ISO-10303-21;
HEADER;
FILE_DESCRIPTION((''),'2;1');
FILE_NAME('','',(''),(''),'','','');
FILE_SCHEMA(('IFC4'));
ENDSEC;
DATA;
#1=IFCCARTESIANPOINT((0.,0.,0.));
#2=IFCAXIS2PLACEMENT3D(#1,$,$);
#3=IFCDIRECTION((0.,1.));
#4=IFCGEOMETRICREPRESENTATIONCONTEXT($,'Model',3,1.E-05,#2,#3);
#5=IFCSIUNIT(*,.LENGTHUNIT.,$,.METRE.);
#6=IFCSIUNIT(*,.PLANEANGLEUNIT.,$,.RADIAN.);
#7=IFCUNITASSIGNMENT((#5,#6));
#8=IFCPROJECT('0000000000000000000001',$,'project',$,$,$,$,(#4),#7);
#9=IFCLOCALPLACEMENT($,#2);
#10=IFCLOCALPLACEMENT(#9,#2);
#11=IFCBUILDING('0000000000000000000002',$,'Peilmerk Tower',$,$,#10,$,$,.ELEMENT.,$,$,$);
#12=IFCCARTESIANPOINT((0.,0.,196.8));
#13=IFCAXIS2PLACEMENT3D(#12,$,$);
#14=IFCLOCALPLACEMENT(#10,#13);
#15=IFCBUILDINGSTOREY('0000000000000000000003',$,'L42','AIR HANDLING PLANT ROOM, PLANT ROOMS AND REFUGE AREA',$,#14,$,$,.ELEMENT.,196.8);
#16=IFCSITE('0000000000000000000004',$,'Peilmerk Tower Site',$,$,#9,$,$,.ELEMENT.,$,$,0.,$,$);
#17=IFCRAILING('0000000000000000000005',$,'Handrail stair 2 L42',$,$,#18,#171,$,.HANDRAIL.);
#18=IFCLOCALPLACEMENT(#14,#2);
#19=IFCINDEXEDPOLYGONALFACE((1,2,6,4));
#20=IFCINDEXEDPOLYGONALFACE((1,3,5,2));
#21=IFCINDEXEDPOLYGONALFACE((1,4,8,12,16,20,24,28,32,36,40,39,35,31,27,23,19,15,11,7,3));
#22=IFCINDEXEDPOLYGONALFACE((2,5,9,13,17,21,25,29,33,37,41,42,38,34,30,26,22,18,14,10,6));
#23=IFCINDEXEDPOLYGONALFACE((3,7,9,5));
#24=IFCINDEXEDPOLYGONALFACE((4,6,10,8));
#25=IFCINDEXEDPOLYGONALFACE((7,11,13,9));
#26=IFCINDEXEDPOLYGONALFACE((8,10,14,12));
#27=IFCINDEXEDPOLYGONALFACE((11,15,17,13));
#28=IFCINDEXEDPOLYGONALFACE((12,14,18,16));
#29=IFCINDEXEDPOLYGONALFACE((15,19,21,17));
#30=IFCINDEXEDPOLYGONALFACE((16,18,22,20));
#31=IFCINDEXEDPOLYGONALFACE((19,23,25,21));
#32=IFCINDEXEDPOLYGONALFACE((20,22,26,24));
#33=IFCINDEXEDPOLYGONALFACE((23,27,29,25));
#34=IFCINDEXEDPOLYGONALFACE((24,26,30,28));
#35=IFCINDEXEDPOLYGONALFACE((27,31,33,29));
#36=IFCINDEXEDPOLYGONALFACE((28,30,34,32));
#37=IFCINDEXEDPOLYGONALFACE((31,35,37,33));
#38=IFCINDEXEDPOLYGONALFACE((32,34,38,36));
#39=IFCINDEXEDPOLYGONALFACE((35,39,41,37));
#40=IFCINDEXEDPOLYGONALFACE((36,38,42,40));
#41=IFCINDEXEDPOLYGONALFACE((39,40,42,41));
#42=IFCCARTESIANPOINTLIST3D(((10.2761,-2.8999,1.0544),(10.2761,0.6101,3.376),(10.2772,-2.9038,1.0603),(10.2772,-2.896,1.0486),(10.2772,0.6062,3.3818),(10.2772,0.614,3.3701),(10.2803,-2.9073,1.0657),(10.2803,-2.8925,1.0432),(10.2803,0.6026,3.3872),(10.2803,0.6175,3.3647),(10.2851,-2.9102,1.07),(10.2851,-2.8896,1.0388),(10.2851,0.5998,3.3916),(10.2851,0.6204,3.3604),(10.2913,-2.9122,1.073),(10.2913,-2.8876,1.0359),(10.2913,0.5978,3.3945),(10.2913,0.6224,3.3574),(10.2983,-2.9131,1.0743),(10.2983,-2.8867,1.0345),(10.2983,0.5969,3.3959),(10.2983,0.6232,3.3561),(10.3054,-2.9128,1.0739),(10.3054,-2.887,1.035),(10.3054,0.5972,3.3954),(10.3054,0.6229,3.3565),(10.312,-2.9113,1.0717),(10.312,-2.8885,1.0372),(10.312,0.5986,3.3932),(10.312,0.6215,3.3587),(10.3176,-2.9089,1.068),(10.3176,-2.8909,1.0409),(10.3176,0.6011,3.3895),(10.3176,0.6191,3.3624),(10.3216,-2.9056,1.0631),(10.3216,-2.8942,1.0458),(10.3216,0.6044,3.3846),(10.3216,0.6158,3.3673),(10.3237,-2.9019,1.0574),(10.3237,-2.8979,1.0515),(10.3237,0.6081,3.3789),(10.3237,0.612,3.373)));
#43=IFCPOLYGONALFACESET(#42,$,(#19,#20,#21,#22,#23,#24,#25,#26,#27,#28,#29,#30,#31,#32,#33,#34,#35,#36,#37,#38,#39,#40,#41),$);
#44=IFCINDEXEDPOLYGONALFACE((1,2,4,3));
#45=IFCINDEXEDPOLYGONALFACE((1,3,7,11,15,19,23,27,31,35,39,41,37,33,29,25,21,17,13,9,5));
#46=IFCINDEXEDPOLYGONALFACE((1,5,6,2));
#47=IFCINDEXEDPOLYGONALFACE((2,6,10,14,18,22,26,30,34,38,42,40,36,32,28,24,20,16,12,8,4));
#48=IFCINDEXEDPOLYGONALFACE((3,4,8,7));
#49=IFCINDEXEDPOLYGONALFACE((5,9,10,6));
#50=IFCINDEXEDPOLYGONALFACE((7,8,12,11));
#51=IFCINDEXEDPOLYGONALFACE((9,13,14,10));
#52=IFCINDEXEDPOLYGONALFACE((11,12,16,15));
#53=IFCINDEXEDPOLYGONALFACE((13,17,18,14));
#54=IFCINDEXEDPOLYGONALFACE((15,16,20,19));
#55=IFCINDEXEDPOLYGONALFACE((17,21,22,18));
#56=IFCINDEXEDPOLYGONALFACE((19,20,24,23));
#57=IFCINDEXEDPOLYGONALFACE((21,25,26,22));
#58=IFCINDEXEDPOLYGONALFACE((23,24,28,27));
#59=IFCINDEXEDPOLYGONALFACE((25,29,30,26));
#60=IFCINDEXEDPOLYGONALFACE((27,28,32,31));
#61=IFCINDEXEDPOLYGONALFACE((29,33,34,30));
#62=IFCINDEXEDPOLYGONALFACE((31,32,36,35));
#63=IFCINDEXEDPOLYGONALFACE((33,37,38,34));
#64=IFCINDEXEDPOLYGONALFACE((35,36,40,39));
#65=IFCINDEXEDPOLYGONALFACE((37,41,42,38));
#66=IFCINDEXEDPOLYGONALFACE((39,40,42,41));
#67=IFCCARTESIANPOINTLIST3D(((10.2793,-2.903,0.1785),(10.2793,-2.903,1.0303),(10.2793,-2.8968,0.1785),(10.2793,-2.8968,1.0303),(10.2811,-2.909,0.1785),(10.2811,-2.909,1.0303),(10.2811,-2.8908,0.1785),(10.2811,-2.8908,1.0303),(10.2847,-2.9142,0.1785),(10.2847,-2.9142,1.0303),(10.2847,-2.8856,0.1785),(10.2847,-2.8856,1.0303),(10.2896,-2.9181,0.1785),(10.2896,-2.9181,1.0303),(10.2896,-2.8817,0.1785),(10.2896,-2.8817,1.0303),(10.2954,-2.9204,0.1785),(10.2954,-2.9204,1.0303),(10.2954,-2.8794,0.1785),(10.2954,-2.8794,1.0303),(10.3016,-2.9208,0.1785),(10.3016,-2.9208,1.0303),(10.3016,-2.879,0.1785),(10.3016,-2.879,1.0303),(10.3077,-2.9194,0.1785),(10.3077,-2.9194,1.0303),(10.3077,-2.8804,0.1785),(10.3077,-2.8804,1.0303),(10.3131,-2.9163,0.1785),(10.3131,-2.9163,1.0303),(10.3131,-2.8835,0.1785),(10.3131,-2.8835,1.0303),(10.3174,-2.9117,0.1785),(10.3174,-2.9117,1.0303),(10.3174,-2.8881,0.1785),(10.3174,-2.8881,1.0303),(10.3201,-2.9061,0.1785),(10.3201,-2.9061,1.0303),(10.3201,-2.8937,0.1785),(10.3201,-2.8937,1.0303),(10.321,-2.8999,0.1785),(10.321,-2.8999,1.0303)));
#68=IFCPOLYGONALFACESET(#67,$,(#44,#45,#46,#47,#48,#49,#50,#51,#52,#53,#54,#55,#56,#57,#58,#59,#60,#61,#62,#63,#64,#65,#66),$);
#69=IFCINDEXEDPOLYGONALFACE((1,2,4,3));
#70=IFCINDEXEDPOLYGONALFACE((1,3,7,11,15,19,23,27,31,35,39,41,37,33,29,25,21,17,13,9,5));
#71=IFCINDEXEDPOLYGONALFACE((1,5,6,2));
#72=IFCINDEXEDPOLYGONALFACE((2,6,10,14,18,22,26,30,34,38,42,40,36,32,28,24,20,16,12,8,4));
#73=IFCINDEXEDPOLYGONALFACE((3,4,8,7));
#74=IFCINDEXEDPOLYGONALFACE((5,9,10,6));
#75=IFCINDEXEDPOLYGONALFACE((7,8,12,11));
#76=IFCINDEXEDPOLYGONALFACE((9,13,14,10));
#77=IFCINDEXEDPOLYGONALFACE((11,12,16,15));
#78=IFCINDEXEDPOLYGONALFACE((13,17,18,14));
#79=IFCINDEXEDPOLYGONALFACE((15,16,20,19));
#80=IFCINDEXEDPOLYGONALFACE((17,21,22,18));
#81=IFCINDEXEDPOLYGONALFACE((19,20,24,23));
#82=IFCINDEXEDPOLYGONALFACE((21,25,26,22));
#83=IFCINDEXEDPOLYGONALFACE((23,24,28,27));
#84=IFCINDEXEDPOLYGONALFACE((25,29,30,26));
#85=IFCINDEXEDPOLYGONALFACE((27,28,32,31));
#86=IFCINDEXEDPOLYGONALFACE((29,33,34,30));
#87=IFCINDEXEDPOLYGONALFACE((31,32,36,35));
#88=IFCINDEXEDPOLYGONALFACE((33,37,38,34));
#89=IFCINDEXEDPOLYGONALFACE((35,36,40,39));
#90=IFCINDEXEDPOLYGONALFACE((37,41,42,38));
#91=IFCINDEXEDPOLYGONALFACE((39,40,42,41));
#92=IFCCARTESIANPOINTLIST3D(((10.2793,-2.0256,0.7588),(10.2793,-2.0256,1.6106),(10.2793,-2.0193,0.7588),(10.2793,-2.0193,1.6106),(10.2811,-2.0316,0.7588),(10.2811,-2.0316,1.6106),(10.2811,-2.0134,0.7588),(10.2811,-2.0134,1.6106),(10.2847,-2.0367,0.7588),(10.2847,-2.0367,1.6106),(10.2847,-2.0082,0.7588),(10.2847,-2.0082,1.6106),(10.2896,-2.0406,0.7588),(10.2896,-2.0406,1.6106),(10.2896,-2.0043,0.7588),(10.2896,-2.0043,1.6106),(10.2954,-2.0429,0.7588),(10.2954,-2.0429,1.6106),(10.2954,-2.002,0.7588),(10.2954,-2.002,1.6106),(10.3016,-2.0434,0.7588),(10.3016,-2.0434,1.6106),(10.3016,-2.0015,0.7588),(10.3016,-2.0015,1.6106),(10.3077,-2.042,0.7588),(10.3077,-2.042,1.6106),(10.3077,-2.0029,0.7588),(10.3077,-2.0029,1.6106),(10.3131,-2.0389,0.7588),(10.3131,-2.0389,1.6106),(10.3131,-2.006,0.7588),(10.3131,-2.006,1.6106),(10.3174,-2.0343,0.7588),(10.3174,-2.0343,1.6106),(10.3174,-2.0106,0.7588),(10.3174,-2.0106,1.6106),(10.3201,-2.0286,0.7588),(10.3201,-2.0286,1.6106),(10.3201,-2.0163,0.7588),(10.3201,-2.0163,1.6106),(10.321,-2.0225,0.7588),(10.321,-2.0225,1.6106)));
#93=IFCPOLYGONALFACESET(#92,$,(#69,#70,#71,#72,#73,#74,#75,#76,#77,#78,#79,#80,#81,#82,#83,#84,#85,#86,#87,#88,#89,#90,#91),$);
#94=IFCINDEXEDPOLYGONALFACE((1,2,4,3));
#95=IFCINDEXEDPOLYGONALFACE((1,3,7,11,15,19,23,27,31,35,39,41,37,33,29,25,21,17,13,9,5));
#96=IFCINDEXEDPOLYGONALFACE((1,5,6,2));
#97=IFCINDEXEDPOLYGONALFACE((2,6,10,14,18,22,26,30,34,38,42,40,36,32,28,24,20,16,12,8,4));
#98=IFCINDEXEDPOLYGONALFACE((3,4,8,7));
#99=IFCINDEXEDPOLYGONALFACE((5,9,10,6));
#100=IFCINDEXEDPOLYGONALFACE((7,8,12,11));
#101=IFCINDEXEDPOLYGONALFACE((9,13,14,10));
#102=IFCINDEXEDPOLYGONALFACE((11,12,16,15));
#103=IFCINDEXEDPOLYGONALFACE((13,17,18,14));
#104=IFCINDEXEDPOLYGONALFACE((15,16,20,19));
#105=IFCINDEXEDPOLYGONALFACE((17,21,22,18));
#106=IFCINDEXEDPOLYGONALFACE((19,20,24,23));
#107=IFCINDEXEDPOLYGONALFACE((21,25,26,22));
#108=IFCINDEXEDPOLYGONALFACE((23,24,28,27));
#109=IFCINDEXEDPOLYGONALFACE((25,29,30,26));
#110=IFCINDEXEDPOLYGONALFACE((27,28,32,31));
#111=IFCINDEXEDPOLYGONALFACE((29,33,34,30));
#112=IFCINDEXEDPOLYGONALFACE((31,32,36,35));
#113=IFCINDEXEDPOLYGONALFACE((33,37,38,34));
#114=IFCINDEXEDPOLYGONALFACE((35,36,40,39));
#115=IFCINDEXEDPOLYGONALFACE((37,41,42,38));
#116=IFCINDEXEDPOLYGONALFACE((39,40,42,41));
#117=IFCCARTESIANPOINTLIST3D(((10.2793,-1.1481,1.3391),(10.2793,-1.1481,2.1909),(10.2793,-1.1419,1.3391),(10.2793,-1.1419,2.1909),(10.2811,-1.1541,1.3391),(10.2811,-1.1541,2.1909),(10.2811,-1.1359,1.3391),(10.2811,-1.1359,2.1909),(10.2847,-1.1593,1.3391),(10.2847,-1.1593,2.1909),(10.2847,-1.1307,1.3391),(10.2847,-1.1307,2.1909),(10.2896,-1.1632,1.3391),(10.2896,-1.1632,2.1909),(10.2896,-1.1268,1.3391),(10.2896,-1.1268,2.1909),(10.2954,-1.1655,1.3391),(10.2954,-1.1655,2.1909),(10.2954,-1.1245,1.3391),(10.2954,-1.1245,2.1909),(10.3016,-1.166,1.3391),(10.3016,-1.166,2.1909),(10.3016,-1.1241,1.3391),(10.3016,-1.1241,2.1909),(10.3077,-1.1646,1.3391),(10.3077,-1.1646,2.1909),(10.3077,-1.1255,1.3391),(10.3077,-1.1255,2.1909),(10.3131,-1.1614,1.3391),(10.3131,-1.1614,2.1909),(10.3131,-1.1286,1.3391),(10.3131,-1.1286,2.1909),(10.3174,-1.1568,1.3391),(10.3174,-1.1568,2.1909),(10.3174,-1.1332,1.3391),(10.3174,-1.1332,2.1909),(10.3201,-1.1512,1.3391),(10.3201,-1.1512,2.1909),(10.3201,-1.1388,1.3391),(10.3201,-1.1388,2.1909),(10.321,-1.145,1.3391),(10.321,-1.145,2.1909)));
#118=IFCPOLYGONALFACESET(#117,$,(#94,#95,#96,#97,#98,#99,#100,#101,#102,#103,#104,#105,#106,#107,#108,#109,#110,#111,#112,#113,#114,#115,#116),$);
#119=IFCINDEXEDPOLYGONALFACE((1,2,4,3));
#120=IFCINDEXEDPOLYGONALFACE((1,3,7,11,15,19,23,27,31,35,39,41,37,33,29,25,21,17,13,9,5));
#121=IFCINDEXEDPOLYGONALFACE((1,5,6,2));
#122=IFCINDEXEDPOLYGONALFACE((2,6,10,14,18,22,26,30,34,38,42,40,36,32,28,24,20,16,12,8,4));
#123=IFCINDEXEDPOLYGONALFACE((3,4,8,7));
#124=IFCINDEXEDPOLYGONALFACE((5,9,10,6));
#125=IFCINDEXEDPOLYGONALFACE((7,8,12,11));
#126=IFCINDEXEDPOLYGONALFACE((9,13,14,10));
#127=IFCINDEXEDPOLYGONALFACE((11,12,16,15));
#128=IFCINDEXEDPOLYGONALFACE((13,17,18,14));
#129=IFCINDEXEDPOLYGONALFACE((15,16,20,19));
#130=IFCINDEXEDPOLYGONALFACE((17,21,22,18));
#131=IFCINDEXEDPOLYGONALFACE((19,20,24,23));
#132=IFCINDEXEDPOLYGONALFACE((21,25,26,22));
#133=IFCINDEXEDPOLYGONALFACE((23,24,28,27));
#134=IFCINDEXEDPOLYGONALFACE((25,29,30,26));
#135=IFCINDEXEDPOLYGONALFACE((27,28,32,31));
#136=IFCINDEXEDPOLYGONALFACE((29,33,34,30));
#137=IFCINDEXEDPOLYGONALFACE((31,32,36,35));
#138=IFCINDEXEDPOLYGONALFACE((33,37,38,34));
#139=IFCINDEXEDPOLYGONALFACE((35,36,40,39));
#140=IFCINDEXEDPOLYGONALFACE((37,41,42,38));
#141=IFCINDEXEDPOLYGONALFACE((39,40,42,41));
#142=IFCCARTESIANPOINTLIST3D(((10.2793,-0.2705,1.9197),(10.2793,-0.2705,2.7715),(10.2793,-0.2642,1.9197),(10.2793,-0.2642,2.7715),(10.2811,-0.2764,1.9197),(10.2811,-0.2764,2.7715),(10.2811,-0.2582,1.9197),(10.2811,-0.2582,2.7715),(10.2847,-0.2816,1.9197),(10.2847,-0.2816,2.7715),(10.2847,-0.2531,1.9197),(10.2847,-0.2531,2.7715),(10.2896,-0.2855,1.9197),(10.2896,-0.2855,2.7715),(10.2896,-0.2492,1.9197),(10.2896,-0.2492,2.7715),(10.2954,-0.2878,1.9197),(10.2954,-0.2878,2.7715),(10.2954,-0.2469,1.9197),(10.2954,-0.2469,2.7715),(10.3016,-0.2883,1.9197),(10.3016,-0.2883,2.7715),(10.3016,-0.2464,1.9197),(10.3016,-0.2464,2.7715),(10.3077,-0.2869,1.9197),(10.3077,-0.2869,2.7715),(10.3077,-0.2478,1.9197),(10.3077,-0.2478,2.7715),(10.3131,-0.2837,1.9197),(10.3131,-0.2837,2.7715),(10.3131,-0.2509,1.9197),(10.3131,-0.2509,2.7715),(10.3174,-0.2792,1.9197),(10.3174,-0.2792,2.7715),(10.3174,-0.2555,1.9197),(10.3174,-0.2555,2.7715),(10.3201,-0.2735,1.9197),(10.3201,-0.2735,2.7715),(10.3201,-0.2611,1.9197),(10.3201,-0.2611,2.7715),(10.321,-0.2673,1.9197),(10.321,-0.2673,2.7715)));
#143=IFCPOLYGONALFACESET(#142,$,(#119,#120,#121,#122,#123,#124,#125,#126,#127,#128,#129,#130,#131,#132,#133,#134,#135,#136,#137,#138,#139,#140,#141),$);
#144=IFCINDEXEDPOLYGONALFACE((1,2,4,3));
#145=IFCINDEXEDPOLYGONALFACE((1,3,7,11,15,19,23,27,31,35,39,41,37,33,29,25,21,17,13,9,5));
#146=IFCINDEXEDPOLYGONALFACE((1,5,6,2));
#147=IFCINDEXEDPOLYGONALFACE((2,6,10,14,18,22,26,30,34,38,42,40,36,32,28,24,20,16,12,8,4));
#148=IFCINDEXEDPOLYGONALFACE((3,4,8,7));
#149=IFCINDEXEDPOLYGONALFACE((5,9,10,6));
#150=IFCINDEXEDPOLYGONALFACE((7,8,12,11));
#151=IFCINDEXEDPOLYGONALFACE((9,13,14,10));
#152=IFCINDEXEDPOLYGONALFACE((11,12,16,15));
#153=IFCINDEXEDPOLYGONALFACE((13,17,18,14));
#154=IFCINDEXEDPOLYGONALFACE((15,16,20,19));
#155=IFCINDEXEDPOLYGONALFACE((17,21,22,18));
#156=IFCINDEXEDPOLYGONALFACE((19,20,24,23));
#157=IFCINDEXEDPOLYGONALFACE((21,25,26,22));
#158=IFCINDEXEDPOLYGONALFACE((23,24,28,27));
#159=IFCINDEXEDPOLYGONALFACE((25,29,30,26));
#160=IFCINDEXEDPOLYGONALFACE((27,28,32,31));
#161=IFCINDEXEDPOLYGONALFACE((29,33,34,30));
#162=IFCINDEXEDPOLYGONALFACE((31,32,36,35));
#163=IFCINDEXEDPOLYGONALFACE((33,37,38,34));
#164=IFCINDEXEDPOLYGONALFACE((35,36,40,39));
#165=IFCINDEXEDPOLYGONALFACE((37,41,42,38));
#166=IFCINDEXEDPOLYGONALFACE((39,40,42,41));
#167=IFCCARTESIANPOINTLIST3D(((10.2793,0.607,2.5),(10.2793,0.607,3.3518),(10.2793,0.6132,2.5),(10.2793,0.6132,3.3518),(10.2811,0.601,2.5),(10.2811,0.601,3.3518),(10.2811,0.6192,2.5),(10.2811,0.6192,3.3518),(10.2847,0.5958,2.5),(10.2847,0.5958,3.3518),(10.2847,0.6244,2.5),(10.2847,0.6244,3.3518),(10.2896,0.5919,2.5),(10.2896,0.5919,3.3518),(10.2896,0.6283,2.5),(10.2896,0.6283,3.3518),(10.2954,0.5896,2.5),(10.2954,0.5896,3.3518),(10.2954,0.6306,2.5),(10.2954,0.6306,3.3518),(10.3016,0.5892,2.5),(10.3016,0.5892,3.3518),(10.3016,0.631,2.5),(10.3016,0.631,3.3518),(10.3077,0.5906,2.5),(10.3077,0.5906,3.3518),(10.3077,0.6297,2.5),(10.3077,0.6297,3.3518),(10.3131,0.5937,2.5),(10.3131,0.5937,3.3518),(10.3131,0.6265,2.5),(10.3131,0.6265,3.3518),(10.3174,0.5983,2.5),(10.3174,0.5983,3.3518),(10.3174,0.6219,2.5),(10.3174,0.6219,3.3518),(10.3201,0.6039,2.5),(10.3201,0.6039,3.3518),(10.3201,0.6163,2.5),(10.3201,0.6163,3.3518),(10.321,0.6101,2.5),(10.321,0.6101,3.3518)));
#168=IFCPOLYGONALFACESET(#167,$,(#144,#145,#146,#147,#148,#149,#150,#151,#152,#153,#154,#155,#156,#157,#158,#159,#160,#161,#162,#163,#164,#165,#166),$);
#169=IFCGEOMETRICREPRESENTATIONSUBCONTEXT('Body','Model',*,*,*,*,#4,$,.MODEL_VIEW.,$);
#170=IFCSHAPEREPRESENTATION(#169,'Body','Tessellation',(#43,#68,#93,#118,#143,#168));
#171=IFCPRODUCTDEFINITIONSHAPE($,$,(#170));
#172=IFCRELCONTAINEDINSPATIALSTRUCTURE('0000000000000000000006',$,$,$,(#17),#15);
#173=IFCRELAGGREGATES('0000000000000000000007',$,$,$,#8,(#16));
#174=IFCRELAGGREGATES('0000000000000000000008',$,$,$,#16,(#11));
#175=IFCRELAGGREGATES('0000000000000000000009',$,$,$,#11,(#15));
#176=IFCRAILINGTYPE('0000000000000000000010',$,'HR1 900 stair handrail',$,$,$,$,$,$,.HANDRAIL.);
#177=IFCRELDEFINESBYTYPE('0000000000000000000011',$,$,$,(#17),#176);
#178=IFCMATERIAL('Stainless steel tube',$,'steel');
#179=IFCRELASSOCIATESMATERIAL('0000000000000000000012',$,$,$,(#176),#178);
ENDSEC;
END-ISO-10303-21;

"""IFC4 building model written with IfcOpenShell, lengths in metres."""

from ifc_helpers import new_model, si_unit, direction, frame, origin, origin_2d, place, context, subcontext, project, spatial, circle, extrude, material, type_object, element, save


model = new_model("IFC4")

# Units and contexts
model_context = context("Model", 3, precision=1e-05, world=origin(), true_north=direction((0.0, 1.0)))
body_context = subcontext(model_context, "Body", "Model", "MODEL_VIEW")
ifc_project = project(units=[si_unit("LENGTHUNIT", "METRE"), si_unit("PLANEANGLEUNIT", "RADIAN")], contexts=[model_context])

# Site, building, storey
site_placement = place(None, origin())
site = spatial("IfcSite", under=ifc_project, at=site_placement, Name="Peilmerk Tower Site", CompositionType="ELEMENT", RefElevation=0.0)
building_placement = place(site_placement, origin())
building = spatial("IfcBuilding", under=site, at=building_placement, Name="Peilmerk Tower", CompositionType="ELEMENT")
storey_placement = place(building_placement, frame((0.0, 0.0, 196.8)))
storey = spatial("IfcBuildingStorey", under=building, at=storey_placement, Name="L42", Description="AIR HANDLING PLANT ROOM, PLANT ROOMS AND REFUGE AREA", CompositionType="ELEMENT", Elevation=196.8)

# Railing
ifc_material_1 = material(Name="Stainless steel tube", Category="steel")
railing_type = type_object("IfcRailingType", Name="HR1 900 stair handrail", PredefinedType="HANDRAIL", material=ifc_material_1)
railing_placement = place(storey_placement, frame((10.3, -2.8999, 0.1785)))
element("IfcRailing", 1, at=railing_placement, inside=storey, type_object=railing_type, Name="Handrail stair 2 L42", PredefinedType="HANDRAIL", context=body_context, shape_type="SweptSolid", body=[
    extrude(circle(Radius=0.0239, at=origin_2d()), frame((0.0, 0.0, 0.876), z_axis=(0.0, 0.834071, 0.551657), x_axis=(-1.0, 0.0, 0.0)), (0.0, 0.0, 1.0), 4.2083),
    extrude(circle(Radius=0.021, at=origin_2d()), origin(), (0.0, 0.0, 1.0), 0.8518),
    extrude(circle(Radius=0.021, at=origin_2d()), frame((0.0, 0.8774, 0.5803)), (0.0, 0.0, 1.0), 0.8518),
    extrude(circle(Radius=0.021, at=origin_2d()), frame((0.0, 1.7549, 1.1606)), (0.0, 0.0, 1.0), 0.8518),
    extrude(circle(Radius=0.021, at=origin_2d()), frame((0.0, 2.6326, 1.7412)), (0.0, 0.0, 1.0), 0.8518),
    extrude(circle(Radius=0.021, at=origin_2d()), frame((0.0, 3.51, 2.3215)), (0.0, 0.0, 1.0), 0.8518),
])

save(model, "model.ifc")
